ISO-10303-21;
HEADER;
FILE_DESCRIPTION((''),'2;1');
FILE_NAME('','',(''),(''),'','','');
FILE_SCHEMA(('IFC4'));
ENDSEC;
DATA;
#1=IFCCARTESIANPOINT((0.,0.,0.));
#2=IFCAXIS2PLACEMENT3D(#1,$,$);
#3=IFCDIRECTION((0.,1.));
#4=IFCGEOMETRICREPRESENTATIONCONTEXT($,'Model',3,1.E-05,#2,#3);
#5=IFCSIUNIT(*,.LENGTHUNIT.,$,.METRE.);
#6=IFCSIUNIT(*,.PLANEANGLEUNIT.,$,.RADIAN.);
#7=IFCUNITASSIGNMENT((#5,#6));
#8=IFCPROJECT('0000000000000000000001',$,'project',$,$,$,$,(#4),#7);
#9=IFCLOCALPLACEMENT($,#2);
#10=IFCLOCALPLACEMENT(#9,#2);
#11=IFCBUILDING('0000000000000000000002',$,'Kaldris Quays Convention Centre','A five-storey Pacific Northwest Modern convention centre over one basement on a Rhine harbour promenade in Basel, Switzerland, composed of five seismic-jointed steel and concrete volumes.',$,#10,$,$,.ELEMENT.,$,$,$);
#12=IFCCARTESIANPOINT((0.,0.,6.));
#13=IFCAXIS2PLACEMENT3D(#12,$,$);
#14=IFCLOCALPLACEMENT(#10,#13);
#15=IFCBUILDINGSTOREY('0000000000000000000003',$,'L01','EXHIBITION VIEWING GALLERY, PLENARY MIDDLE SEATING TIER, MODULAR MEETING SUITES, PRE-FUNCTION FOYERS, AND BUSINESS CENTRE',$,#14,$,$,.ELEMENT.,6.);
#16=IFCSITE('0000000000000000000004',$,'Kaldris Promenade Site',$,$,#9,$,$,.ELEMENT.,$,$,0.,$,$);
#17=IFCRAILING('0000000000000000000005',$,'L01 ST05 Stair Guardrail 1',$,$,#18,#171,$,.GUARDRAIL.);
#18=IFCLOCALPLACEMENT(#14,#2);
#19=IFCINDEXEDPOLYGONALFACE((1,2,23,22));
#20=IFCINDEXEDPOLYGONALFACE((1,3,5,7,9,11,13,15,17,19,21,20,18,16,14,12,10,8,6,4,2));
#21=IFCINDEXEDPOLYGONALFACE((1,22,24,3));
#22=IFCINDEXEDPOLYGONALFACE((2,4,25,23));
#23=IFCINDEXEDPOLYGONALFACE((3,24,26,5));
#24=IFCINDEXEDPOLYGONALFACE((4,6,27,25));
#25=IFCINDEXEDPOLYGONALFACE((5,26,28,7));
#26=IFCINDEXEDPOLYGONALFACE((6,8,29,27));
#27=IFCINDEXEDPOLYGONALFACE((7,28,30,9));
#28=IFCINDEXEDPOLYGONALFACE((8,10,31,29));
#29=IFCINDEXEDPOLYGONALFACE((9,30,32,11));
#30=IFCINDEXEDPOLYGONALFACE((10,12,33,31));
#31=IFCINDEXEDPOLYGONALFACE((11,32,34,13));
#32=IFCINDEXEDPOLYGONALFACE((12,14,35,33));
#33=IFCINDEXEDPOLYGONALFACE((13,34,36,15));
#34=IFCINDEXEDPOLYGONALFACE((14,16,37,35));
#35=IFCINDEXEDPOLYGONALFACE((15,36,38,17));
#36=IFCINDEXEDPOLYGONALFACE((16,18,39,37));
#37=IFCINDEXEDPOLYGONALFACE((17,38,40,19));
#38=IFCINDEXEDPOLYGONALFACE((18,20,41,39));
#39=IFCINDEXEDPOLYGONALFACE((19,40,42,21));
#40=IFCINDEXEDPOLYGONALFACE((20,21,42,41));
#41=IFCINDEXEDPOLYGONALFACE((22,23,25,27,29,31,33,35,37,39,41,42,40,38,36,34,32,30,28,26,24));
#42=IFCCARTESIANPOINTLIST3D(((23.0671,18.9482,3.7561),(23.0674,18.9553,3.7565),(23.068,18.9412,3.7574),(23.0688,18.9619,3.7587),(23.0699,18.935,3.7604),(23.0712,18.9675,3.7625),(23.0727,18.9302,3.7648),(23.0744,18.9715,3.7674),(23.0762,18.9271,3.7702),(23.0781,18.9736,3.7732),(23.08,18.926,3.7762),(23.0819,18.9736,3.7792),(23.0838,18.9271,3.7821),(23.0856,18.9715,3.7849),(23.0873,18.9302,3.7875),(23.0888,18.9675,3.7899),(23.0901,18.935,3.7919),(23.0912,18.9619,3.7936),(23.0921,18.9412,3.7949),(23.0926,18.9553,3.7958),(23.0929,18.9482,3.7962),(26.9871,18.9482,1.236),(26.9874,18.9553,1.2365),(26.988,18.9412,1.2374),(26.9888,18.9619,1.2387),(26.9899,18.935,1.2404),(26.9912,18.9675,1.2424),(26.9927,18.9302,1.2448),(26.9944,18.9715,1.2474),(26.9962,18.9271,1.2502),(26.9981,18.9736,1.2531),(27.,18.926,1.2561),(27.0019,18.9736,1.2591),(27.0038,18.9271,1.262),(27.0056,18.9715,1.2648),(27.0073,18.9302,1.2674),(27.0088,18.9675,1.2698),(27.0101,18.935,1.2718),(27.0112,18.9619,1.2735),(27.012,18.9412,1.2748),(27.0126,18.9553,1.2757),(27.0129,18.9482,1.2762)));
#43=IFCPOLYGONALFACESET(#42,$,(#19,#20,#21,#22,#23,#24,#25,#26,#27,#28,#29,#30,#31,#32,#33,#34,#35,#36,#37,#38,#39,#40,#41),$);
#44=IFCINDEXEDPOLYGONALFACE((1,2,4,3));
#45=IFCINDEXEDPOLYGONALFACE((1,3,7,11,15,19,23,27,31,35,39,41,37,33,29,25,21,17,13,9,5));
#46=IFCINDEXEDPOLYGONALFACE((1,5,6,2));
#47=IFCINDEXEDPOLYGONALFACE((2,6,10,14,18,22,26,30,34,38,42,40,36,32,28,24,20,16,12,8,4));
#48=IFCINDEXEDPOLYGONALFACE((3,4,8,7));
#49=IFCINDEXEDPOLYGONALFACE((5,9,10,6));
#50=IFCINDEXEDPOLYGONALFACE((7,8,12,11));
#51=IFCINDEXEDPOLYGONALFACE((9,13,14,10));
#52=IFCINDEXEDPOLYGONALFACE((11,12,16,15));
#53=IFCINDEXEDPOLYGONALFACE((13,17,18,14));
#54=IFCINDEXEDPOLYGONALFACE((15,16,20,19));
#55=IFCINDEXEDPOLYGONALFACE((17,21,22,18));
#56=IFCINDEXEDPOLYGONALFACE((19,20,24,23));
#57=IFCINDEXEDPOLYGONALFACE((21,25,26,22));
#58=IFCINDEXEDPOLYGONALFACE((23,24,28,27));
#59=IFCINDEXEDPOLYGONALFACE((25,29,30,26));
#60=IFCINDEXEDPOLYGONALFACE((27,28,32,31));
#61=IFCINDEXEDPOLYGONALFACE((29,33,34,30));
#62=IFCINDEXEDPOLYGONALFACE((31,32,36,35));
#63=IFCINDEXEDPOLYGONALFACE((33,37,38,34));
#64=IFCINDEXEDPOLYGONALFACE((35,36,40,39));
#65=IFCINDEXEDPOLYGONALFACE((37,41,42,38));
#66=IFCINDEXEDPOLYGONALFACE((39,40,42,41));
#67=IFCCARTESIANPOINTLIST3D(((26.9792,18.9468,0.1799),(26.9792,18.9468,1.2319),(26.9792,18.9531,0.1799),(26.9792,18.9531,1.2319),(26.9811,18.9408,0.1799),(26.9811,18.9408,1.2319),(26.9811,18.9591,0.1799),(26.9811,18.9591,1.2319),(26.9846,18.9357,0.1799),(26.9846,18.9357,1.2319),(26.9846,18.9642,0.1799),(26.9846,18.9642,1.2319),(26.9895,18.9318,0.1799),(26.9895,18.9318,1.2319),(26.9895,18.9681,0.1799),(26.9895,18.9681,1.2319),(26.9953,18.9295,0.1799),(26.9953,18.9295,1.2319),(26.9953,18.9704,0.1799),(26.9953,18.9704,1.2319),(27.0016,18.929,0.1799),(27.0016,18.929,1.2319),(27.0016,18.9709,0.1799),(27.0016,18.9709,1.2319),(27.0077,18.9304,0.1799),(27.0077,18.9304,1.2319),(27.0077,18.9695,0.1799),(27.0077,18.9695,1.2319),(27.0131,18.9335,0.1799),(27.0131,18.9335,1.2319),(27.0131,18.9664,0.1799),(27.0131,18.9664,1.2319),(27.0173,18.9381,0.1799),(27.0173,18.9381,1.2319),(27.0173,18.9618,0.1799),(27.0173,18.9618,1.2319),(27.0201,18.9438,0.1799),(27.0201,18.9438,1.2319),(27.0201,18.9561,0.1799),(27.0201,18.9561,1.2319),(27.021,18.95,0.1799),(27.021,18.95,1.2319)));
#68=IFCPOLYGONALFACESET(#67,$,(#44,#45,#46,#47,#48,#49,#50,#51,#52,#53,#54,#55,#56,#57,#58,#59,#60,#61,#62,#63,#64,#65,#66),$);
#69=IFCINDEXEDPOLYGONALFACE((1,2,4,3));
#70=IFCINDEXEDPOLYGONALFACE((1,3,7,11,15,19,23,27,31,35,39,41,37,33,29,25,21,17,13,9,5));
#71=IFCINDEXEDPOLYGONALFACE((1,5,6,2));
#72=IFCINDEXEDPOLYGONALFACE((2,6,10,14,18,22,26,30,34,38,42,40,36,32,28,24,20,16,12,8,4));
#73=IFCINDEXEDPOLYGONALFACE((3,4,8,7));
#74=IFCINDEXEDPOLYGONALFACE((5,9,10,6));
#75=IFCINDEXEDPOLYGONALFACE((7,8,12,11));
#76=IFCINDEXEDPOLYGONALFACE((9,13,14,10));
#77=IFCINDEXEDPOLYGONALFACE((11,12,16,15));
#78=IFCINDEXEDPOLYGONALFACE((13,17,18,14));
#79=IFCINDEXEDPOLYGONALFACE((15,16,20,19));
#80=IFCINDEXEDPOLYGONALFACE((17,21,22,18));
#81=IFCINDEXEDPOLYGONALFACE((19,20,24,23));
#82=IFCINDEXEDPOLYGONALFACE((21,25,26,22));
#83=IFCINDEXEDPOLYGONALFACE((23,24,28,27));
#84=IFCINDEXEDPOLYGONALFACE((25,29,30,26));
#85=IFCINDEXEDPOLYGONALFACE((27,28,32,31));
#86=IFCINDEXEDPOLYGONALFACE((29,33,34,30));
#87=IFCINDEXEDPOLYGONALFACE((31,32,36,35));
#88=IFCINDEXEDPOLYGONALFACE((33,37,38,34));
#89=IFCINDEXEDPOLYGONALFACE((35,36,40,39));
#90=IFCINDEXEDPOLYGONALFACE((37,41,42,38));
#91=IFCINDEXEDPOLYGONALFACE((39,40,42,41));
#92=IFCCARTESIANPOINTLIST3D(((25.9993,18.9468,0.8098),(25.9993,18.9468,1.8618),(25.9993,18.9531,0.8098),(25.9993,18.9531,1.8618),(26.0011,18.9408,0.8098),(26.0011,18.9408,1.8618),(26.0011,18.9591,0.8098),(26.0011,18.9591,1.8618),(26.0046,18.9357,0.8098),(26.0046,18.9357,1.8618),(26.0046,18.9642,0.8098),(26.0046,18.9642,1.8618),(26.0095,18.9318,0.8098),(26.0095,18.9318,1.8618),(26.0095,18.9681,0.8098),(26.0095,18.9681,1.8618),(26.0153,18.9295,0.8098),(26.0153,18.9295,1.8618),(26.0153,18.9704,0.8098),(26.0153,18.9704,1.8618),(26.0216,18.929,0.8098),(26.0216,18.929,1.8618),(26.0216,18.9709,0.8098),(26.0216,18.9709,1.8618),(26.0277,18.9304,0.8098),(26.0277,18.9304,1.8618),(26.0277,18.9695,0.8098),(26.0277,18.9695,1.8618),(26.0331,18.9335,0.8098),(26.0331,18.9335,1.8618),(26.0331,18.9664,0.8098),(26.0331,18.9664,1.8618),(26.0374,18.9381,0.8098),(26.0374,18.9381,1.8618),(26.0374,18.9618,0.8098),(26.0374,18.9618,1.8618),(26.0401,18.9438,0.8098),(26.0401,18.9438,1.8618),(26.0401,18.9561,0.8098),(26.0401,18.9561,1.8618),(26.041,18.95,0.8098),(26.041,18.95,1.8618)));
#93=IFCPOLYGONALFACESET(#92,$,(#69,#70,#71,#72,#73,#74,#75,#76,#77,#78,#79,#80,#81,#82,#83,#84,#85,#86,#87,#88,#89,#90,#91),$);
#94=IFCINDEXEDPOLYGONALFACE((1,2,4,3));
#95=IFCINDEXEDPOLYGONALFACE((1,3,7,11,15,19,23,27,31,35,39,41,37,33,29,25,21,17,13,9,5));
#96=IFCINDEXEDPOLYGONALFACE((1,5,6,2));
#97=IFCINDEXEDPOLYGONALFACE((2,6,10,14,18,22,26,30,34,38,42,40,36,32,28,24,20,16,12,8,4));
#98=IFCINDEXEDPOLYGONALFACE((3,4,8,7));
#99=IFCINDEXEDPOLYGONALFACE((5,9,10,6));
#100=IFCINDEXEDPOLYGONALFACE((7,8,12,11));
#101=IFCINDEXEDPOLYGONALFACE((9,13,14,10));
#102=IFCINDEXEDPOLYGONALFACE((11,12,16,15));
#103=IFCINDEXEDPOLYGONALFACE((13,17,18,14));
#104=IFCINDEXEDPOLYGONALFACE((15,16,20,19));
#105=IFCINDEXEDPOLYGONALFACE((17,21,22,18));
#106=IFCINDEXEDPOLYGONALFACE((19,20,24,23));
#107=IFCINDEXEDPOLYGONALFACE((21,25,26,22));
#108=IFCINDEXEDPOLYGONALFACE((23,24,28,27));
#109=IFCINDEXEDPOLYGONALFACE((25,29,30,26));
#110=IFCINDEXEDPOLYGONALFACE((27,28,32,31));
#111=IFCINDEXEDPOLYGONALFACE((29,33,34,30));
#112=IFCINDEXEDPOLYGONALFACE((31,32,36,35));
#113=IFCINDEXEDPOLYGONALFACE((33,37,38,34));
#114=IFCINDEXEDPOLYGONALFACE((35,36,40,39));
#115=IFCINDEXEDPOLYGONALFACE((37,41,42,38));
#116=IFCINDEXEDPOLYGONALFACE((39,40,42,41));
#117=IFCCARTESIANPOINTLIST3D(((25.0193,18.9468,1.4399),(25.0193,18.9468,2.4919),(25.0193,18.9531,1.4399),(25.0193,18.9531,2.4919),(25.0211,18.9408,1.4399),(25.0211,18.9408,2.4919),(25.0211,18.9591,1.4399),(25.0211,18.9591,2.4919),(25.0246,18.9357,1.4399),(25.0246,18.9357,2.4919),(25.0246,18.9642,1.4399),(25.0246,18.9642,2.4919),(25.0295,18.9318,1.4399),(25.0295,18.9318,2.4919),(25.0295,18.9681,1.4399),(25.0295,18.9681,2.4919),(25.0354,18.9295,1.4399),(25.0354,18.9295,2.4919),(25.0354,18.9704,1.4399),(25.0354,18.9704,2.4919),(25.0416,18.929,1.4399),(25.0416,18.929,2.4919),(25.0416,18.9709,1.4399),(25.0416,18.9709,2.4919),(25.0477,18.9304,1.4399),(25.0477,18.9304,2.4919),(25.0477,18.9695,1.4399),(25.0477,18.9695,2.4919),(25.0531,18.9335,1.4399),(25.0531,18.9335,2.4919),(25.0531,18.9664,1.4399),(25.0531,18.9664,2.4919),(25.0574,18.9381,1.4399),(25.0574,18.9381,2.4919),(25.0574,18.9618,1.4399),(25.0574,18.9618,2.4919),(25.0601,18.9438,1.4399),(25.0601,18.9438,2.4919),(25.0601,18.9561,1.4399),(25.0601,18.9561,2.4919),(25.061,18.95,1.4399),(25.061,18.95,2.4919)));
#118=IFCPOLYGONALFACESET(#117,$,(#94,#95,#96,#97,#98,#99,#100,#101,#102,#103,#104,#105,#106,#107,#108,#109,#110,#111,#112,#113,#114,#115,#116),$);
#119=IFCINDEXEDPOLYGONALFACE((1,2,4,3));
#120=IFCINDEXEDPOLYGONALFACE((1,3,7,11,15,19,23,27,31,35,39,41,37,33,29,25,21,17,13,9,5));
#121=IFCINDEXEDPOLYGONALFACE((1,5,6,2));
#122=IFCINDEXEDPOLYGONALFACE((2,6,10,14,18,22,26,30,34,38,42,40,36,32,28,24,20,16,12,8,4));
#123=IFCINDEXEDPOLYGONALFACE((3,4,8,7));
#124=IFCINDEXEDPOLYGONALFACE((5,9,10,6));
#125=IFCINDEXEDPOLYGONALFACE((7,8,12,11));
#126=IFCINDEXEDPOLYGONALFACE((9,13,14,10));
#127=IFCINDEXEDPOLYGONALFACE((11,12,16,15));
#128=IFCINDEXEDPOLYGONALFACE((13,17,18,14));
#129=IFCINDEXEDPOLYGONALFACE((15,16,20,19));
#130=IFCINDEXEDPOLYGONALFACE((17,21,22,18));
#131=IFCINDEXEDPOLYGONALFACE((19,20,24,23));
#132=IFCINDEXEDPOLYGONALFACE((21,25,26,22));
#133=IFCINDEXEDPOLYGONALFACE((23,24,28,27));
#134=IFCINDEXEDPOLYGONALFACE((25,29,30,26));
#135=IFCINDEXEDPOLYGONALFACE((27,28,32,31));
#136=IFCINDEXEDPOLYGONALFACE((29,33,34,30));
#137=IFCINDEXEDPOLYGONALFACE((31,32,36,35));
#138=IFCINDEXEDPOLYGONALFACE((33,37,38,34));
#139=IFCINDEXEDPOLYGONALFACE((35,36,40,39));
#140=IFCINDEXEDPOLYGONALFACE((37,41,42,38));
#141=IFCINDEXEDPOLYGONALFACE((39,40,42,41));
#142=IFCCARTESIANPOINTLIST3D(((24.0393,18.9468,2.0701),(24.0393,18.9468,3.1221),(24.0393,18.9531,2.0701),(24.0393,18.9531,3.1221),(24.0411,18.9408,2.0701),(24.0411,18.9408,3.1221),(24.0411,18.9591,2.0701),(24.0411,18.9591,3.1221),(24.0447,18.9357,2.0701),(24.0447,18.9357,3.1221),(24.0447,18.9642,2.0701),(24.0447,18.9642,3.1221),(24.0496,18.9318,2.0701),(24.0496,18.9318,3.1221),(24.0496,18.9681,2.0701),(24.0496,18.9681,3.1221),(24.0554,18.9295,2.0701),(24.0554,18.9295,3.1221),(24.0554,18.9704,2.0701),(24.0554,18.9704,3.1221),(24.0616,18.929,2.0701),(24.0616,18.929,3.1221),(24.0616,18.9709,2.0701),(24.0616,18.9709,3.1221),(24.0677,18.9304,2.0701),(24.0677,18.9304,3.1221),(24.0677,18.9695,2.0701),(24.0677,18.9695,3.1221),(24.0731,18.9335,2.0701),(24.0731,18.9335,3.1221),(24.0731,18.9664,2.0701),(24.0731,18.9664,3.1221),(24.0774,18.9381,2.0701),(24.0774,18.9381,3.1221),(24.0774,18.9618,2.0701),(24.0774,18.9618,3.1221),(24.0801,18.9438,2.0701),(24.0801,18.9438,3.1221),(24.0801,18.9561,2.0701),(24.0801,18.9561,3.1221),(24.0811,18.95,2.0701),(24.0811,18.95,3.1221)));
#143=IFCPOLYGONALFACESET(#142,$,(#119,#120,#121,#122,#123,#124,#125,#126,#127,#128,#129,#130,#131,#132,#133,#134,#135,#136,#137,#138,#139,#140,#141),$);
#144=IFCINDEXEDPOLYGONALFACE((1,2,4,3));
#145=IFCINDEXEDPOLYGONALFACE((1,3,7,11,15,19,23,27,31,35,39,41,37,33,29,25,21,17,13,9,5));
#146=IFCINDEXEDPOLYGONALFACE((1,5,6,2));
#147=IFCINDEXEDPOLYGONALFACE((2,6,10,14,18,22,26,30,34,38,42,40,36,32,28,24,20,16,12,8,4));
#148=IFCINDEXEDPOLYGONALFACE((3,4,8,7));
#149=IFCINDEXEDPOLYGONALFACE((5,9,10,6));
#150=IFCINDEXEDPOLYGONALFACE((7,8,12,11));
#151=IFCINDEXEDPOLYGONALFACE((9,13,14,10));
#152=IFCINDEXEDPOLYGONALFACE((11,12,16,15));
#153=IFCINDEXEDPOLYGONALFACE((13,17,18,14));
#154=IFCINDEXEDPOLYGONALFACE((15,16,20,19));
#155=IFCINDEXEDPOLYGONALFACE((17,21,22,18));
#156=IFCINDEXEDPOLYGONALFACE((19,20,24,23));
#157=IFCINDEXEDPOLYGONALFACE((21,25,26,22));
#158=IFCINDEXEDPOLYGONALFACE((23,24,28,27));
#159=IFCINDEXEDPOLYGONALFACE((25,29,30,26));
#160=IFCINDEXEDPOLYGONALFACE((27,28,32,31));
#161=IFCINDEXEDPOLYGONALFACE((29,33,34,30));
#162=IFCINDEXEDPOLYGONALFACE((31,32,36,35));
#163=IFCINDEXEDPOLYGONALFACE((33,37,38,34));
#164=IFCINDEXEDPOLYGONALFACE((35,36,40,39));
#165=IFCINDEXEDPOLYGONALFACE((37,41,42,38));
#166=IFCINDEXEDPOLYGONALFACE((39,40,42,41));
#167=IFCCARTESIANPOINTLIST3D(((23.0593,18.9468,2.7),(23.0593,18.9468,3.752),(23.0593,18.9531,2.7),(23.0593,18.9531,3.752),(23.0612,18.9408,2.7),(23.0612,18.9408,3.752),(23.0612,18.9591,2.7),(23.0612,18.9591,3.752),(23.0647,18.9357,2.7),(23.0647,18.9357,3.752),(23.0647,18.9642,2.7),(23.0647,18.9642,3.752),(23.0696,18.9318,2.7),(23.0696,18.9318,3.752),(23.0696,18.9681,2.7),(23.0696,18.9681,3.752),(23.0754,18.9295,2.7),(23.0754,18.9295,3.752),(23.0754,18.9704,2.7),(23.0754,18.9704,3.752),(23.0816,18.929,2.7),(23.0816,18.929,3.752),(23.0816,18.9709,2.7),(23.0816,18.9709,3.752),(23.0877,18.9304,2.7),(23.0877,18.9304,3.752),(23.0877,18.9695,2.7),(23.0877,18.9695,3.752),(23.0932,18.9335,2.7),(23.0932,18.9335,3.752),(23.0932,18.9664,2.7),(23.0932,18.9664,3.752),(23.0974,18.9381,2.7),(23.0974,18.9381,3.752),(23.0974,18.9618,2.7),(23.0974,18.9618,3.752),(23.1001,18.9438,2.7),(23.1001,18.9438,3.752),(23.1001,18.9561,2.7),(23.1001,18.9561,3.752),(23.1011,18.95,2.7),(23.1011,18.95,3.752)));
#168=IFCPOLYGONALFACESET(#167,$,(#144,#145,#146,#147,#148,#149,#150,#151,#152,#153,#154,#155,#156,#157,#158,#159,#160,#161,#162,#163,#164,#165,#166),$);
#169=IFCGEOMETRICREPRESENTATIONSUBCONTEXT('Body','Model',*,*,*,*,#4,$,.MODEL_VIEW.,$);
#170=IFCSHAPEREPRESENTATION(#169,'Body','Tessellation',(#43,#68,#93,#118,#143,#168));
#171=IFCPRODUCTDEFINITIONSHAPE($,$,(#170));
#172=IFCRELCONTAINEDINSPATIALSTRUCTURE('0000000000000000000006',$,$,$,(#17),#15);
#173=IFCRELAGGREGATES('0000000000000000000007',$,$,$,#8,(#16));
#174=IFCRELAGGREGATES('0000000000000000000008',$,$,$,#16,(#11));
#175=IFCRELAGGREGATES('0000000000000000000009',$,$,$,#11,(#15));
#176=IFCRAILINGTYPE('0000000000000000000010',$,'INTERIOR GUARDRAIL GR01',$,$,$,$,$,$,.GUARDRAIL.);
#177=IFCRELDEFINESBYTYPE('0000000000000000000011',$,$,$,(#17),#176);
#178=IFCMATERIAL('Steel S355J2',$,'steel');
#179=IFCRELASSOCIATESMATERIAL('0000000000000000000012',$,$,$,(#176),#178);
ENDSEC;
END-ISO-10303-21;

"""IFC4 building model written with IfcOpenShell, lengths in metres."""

from ifc_helpers import new_model, si_unit, direction, frame, origin, origin_2d, place, context, subcontext, project, spatial, circle, extrude, material, type_object, element, save


model = new_model("IFC4")

# Units and contexts
model_context = context("Model", 3, precision=1e-05, world=origin(), true_north=direction((0.0, 1.0)))
body_context = subcontext(model_context, "Body", "Model", "MODEL_VIEW")
ifc_project = project(units=[si_unit("LENGTHUNIT", "METRE"), si_unit("PLANEANGLEUNIT", "RADIAN")], contexts=[model_context])

# Site, building, storey
site_placement = place(None, origin())
site = spatial("IfcSite", under=ifc_project, at=site_placement, Name="Kaldris Promenade Site", CompositionType="ELEMENT", RefElevation=0.0)
building_placement = place(site_placement, origin())
building = spatial("IfcBuilding", under=site, at=building_placement, Name="Kaldris Quays Convention Centre", Description="A five-storey Pacific Northwest Modern convention centre over one basement on a Rhine harbour promenade in Basel, Switzerland, composed of five seismic-jointed steel and concrete volumes.", CompositionType="ELEMENT")
storey_placement = place(building_placement, frame((0.0, 0.0, 6.0)))
storey = spatial("IfcBuildingStorey", under=building, at=storey_placement, Name="L01", Description="EXHIBITION VIEWING GALLERY, PLENARY MIDDLE SEATING TIER, MODULAR MEETING SUITES, PRE-FUNCTION FOYERS, AND BUSINESS CENTRE", CompositionType="ELEMENT", Elevation=6.0)

# Shared definitions
ifc_material_1 = material(Name="Steel S355J2", Category="steel")

# Railing
railing_type_1 = type_object("IfcRailingType", Name="INTERIOR GUARDRAIL GR01", PredefinedType="GUARDRAIL", material=ifc_material_1)
railing_1_placement = place(storey_placement, frame((27.0, 18.95, 0.1799)))
element("IfcRailing", 1, at=railing_1_placement, inside=storey, type_object=railing_type_1, Name="L01 ST05 Stair Guardrail 1", PredefinedType="GUARDRAIL", context=body_context, shape_type="SweptSolid", body=[
    extrude(circle(Radius=0.0239, at=origin_2d()), frame((0.0, 0.0, 1.0762), z_axis=(-0.841172, 0.0, 0.540768), x_axis=(0.0, -1.0, 0.0)), (0.0, 0.0, 1.0), 4.6602),
    extrude(circle(Radius=0.021, at=origin_2d()), origin(), (0.0, 0.0, 1.0), 1.052),
    extrude(circle(Radius=0.021, at=origin_2d()), frame((-0.98, 0.0, 0.6299)), (0.0, 0.0, 1.0), 1.052),
    extrude(circle(Radius=0.021, at=origin_2d()), frame((-1.96, 0.0, 1.26)), (0.0, 0.0, 1.0), 1.052),
    extrude(circle(Radius=0.021, at=origin_2d()), frame((-2.9399, 0.0, 1.8901)), (0.0, 0.0, 1.0), 1.052),
    extrude(circle(Radius=0.021, at=origin_2d()), frame((-3.9199, 0.0, 2.52)), (0.0, 0.0, 1.0), 1.052),
])

save(model, "model.ifc")
